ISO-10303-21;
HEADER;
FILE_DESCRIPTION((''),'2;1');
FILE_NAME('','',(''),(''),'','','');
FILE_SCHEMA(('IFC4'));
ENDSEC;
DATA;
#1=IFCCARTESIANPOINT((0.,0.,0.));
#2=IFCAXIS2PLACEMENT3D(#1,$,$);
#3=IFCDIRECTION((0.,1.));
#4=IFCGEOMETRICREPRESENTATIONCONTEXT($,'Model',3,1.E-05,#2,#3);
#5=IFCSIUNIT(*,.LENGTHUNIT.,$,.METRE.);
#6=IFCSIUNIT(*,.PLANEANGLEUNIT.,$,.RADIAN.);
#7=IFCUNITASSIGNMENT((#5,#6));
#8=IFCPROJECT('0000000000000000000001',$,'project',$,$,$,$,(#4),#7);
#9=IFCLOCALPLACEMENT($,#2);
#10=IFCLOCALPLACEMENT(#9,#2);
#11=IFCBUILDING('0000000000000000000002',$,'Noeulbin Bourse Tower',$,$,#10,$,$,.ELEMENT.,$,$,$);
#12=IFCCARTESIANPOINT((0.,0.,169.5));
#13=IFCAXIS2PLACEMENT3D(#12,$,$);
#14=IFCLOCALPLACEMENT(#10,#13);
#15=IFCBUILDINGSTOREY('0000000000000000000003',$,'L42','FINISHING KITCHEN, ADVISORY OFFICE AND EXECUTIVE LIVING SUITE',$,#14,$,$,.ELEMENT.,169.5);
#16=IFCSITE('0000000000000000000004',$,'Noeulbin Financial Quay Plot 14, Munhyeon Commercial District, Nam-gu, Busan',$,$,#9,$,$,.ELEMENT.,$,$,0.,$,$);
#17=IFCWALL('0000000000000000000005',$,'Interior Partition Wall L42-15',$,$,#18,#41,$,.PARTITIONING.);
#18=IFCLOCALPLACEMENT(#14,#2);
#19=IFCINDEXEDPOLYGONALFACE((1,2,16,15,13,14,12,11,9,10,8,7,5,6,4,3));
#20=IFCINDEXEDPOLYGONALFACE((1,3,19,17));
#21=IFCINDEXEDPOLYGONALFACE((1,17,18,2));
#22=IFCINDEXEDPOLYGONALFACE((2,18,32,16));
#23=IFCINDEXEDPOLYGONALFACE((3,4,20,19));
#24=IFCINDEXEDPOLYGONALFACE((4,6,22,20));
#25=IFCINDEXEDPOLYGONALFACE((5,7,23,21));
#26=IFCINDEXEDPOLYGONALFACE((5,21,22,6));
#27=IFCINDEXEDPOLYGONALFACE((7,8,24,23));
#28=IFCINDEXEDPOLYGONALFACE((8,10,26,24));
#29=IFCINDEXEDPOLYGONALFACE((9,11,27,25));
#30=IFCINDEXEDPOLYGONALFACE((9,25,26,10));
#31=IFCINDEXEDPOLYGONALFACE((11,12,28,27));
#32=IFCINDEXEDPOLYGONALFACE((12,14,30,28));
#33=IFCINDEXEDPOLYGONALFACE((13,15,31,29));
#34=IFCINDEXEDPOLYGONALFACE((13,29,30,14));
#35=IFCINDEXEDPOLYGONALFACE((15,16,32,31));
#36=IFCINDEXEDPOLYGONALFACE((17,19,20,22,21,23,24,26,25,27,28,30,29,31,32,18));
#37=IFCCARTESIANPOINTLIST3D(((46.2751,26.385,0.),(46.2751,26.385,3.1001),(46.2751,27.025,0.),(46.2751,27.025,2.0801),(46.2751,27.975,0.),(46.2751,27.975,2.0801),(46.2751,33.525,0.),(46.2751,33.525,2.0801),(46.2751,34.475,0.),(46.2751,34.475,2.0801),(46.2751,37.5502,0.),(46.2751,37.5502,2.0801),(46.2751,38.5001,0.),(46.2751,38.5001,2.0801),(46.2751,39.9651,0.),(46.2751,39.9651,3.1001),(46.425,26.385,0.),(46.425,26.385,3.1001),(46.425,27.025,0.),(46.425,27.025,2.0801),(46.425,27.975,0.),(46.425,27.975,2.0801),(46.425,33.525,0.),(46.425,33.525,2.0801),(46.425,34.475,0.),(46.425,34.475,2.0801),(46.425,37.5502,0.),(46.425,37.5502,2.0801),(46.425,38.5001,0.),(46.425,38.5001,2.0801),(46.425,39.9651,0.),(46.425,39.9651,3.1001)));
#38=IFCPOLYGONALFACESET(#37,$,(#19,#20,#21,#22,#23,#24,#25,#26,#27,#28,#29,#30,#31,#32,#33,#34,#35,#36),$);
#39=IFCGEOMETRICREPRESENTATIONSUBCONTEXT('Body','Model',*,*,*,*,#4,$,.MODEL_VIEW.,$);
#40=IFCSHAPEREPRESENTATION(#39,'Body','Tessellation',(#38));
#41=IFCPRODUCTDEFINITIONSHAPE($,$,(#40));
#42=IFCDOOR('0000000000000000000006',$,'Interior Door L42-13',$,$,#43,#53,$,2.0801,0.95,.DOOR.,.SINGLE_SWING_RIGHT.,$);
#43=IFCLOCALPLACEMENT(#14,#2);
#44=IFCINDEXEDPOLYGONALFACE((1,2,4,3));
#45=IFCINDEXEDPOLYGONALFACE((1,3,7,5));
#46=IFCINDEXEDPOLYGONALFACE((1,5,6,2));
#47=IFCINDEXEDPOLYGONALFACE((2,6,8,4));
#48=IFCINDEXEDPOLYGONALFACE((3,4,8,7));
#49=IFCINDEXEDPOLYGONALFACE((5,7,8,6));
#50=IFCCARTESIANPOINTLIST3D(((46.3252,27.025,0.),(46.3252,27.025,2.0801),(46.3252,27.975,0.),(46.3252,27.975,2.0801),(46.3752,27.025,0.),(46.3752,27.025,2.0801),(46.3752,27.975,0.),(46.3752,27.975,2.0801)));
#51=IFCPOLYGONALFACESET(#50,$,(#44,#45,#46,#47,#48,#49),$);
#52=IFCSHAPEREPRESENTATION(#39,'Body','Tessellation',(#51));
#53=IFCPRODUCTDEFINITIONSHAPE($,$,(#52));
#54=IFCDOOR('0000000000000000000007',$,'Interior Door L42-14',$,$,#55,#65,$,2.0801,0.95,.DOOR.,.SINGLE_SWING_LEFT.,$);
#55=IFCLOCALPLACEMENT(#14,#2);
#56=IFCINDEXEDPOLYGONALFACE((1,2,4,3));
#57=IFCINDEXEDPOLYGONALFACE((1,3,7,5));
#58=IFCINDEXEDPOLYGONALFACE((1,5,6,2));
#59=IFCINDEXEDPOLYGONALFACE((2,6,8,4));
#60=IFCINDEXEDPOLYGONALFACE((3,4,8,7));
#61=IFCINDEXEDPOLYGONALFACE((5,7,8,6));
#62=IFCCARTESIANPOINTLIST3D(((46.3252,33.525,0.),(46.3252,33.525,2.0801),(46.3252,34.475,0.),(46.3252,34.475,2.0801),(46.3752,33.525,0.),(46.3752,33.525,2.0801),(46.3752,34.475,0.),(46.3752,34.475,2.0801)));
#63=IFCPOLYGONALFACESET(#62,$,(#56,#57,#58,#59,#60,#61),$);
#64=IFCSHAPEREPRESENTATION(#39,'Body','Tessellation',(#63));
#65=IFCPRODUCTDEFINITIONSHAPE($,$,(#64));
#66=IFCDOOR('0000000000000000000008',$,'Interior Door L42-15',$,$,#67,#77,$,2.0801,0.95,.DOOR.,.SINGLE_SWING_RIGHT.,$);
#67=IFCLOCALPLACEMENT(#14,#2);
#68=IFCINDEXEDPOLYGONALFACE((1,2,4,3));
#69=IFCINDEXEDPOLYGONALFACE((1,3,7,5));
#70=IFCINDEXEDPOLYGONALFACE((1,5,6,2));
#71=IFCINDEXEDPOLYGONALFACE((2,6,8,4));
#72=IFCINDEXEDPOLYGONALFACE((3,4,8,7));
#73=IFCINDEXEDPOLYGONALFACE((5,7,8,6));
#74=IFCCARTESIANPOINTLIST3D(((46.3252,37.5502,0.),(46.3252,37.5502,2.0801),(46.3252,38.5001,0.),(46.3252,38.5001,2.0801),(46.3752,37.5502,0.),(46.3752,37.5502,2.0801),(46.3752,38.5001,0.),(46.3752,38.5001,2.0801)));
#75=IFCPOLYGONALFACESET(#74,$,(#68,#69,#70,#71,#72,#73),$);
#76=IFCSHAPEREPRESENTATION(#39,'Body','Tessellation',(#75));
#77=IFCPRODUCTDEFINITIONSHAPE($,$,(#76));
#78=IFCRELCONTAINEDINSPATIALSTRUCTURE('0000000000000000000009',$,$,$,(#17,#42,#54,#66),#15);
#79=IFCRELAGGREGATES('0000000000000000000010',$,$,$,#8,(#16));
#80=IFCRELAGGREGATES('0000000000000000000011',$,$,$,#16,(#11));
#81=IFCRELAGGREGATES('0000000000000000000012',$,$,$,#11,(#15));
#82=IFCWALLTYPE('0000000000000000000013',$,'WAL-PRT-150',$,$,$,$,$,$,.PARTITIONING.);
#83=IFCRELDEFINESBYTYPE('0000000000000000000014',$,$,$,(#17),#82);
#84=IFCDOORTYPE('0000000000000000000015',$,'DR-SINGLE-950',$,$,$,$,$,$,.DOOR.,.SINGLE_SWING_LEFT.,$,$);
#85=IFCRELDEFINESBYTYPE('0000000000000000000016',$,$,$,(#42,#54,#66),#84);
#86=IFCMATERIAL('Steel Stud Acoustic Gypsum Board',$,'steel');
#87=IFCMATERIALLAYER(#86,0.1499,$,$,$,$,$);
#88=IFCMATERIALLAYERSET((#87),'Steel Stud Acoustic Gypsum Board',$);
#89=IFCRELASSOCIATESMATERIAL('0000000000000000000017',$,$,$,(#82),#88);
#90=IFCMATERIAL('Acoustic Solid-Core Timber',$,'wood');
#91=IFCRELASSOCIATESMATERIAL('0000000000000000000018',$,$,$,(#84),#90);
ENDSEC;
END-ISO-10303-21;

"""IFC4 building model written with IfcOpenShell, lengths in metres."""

from ifc_helpers import new_model, si_unit, direction, frame, frame_2d, origin, place, context, subcontext, project, spatial, rectangle, extrude, material, layer, layer_set, type_object, element, fill, save


model = new_model("IFC4")

# Units and contexts
model_context = context("Model", 3, precision=1e-05, world=origin(), true_north=direction((0.0, 1.0)))
body_context = subcontext(model_context, "Body", "Model", "MODEL_VIEW")
ifc_project = project(units=[si_unit("LENGTHUNIT", "METRE"), si_unit("PLANEANGLEUNIT", "RADIAN")], contexts=[model_context])

# Site, building, storey
site_placement = place(None, origin())
site = spatial("IfcSite", under=ifc_project, at=site_placement, Name="Noeulbin Financial Quay Plot 14, Munhyeon Commercial District, Nam-gu, Busan", CompositionType="ELEMENT", RefElevation=0.0)
building_placement = place(site_placement, origin())
building = spatial("IfcBuilding", under=site, at=building_placement, Name="Noeulbin Bourse Tower", CompositionType="ELEMENT")
storey_placement = place(building_placement, frame((0.0, 0.0, 169.5)))
storey = spatial("IfcBuildingStorey", under=building, at=storey_placement, Name="L42", Description="FINISHING KITCHEN, ADVISORY OFFICE AND EXECUTIVE LIVING SUITE", CompositionType="ELEMENT", Elevation=169.5)

# Wall, openings, doors
ifc_material_1 = material(Name="Steel Stud Acoustic Gypsum Board", Category="steel")
ifc_layer_1 = layer(ifc_material_1, 0.1499)
ifc_layer_set_1 = layer_set([ifc_layer_1], Name="Steel Stud Acoustic Gypsum Board")
wall_type = type_object("IfcWallType", Name="WAL-PRT-150", PredefinedType="PARTITIONING", material=ifc_layer_set_1)
wall_placement = place(storey_placement, frame((46.3501, 26.385, 0.0), z_axis=(0.0, 0.0, 1.0), x_axis=(0.0, 1.0, 0.0)))
wall = element("IfcWall", 1, at=wall_placement, inside=storey, type_object=wall_type, Name="Interior Partition Wall L42-15", PredefinedType="PARTITIONING", context=body_context, shape_type="SweptSolid", body=[
    extrude(rectangle(XDim=13.5801, YDim=0.1499, at=frame_2d((6.79, 0.0))), origin(), (0.0, 0.0, 1.0), 3.1001),
])
opening_1_placement = place(wall_placement, frame((0.6399, 0.0, 0.0)))
opening_1 = element("IfcOpeningElement", 2, at=opening_1_placement, cuts=wall, PredefinedType="OPENING", context=body_context, shape_type="SweptSolid", body=[
    extrude(rectangle(XDim=0.95, YDim=2.0801, at=frame_2d((0.4751, 1.04))), frame((0.0, 0.085, 0.0), z_axis=(0.0, -1.0, 0.0), x_axis=(1.0, 0.0, 0.0)), (0.0, 0.0, 1.0), 0.1699),
])
opening_2_placement = place(wall_placement, frame((7.1399, 0.0, 0.0)))
opening_2 = element("IfcOpeningElement", 3, at=opening_2_placement, cuts=wall, PredefinedType="OPENING", context=body_context, shape_type="SweptSolid", body=[
    extrude(rectangle(XDim=0.95, YDim=2.0801, at=frame_2d((0.4751, 1.04))), frame((0.0, 0.085, 0.0), z_axis=(0.0, -1.0, 0.0), x_axis=(1.0, 0.0, 0.0)), (0.0, 0.0, 1.0), 0.1699),
])
opening_3_placement = place(wall_placement, frame((11.165, 0.0, 0.0)))
opening_3 = element("IfcOpeningElement", 4, at=opening_3_placement, cuts=wall, PredefinedType="OPENING", context=body_context, shape_type="SweptSolid", body=[
    extrude(rectangle(XDim=0.95, YDim=2.0801, at=frame_2d((0.4751, 1.04))), frame((0.0, 0.085, 0.0), z_axis=(0.0, -1.0, 0.0), x_axis=(1.0, 0.0, 0.0)), (0.0, 0.0, 1.0), 0.1699),
])
ifc_material_2 = material(Name="Acoustic Solid-Core Timber", Category="wood")
door_type = type_object("IfcDoorType", Name="DR-SINGLE-950", OperationType="SINGLE_SWING_LEFT", PredefinedType="DOOR", material=ifc_material_2)
door_1_placement = place(opening_1_placement, origin())
door_1 = element("IfcDoor", 5, at=door_1_placement, inside=storey, type_object=door_type, Name="Interior Door L42-13", OperationType="SINGLE_SWING_RIGHT", OverallHeight=2.0801, OverallWidth=0.95, PredefinedType="DOOR", context=body_context, shape_type="SweptSolid", body=[
    extrude(rectangle(XDim=0.95, YDim=2.0801, at=frame_2d((0.4751, 1.04))), frame((0.0, 0.0249, 0.0), z_axis=(0.0, -1.0, 0.0), x_axis=(1.0, 0.0, 0.0)), (0.0, 0.0, 1.0), 0.05),
])
fill(opening_1, door_1)
door_2_placement = place(opening_2_placement, origin())
door_2 = element("IfcDoor", 6, at=door_2_placement, inside=storey, type_object=door_type, Name="Interior Door L42-14", OperationType="SINGLE_SWING_LEFT", OverallHeight=2.0801, OverallWidth=0.95, PredefinedType="DOOR", context=body_context, shape_type="SweptSolid", body=[
    extrude(rectangle(XDim=0.95, YDim=2.0801, at=frame_2d((0.4751, 1.04))), frame((0.0, 0.0249, 0.0), z_axis=(0.0, -1.0, 0.0), x_axis=(1.0, 0.0, 0.0)), (0.0, 0.0, 1.0), 0.05),
])
fill(opening_2, door_2)
door_3_placement = place(opening_3_placement, origin())
door_3 = element("IfcDoor", 7, at=door_3_placement, inside=storey, type_object=door_type, Name="Interior Door L42-15", OperationType="SINGLE_SWING_RIGHT", OverallHeight=2.0801, OverallWidth=0.95, PredefinedType="DOOR", context=body_context, shape_type="SweptSolid", body=[
    extrude(rectangle(XDim=0.95, YDim=2.0801, at=frame_2d((0.4751, 1.04))), frame((0.0, 0.0249, 0.0), z_axis=(0.0, -1.0, 0.0), x_axis=(1.0, 0.0, 0.0)), (0.0, 0.0, 1.0), 0.05),
])
fill(opening_3, door_3)

save(model, "model.ifc")
